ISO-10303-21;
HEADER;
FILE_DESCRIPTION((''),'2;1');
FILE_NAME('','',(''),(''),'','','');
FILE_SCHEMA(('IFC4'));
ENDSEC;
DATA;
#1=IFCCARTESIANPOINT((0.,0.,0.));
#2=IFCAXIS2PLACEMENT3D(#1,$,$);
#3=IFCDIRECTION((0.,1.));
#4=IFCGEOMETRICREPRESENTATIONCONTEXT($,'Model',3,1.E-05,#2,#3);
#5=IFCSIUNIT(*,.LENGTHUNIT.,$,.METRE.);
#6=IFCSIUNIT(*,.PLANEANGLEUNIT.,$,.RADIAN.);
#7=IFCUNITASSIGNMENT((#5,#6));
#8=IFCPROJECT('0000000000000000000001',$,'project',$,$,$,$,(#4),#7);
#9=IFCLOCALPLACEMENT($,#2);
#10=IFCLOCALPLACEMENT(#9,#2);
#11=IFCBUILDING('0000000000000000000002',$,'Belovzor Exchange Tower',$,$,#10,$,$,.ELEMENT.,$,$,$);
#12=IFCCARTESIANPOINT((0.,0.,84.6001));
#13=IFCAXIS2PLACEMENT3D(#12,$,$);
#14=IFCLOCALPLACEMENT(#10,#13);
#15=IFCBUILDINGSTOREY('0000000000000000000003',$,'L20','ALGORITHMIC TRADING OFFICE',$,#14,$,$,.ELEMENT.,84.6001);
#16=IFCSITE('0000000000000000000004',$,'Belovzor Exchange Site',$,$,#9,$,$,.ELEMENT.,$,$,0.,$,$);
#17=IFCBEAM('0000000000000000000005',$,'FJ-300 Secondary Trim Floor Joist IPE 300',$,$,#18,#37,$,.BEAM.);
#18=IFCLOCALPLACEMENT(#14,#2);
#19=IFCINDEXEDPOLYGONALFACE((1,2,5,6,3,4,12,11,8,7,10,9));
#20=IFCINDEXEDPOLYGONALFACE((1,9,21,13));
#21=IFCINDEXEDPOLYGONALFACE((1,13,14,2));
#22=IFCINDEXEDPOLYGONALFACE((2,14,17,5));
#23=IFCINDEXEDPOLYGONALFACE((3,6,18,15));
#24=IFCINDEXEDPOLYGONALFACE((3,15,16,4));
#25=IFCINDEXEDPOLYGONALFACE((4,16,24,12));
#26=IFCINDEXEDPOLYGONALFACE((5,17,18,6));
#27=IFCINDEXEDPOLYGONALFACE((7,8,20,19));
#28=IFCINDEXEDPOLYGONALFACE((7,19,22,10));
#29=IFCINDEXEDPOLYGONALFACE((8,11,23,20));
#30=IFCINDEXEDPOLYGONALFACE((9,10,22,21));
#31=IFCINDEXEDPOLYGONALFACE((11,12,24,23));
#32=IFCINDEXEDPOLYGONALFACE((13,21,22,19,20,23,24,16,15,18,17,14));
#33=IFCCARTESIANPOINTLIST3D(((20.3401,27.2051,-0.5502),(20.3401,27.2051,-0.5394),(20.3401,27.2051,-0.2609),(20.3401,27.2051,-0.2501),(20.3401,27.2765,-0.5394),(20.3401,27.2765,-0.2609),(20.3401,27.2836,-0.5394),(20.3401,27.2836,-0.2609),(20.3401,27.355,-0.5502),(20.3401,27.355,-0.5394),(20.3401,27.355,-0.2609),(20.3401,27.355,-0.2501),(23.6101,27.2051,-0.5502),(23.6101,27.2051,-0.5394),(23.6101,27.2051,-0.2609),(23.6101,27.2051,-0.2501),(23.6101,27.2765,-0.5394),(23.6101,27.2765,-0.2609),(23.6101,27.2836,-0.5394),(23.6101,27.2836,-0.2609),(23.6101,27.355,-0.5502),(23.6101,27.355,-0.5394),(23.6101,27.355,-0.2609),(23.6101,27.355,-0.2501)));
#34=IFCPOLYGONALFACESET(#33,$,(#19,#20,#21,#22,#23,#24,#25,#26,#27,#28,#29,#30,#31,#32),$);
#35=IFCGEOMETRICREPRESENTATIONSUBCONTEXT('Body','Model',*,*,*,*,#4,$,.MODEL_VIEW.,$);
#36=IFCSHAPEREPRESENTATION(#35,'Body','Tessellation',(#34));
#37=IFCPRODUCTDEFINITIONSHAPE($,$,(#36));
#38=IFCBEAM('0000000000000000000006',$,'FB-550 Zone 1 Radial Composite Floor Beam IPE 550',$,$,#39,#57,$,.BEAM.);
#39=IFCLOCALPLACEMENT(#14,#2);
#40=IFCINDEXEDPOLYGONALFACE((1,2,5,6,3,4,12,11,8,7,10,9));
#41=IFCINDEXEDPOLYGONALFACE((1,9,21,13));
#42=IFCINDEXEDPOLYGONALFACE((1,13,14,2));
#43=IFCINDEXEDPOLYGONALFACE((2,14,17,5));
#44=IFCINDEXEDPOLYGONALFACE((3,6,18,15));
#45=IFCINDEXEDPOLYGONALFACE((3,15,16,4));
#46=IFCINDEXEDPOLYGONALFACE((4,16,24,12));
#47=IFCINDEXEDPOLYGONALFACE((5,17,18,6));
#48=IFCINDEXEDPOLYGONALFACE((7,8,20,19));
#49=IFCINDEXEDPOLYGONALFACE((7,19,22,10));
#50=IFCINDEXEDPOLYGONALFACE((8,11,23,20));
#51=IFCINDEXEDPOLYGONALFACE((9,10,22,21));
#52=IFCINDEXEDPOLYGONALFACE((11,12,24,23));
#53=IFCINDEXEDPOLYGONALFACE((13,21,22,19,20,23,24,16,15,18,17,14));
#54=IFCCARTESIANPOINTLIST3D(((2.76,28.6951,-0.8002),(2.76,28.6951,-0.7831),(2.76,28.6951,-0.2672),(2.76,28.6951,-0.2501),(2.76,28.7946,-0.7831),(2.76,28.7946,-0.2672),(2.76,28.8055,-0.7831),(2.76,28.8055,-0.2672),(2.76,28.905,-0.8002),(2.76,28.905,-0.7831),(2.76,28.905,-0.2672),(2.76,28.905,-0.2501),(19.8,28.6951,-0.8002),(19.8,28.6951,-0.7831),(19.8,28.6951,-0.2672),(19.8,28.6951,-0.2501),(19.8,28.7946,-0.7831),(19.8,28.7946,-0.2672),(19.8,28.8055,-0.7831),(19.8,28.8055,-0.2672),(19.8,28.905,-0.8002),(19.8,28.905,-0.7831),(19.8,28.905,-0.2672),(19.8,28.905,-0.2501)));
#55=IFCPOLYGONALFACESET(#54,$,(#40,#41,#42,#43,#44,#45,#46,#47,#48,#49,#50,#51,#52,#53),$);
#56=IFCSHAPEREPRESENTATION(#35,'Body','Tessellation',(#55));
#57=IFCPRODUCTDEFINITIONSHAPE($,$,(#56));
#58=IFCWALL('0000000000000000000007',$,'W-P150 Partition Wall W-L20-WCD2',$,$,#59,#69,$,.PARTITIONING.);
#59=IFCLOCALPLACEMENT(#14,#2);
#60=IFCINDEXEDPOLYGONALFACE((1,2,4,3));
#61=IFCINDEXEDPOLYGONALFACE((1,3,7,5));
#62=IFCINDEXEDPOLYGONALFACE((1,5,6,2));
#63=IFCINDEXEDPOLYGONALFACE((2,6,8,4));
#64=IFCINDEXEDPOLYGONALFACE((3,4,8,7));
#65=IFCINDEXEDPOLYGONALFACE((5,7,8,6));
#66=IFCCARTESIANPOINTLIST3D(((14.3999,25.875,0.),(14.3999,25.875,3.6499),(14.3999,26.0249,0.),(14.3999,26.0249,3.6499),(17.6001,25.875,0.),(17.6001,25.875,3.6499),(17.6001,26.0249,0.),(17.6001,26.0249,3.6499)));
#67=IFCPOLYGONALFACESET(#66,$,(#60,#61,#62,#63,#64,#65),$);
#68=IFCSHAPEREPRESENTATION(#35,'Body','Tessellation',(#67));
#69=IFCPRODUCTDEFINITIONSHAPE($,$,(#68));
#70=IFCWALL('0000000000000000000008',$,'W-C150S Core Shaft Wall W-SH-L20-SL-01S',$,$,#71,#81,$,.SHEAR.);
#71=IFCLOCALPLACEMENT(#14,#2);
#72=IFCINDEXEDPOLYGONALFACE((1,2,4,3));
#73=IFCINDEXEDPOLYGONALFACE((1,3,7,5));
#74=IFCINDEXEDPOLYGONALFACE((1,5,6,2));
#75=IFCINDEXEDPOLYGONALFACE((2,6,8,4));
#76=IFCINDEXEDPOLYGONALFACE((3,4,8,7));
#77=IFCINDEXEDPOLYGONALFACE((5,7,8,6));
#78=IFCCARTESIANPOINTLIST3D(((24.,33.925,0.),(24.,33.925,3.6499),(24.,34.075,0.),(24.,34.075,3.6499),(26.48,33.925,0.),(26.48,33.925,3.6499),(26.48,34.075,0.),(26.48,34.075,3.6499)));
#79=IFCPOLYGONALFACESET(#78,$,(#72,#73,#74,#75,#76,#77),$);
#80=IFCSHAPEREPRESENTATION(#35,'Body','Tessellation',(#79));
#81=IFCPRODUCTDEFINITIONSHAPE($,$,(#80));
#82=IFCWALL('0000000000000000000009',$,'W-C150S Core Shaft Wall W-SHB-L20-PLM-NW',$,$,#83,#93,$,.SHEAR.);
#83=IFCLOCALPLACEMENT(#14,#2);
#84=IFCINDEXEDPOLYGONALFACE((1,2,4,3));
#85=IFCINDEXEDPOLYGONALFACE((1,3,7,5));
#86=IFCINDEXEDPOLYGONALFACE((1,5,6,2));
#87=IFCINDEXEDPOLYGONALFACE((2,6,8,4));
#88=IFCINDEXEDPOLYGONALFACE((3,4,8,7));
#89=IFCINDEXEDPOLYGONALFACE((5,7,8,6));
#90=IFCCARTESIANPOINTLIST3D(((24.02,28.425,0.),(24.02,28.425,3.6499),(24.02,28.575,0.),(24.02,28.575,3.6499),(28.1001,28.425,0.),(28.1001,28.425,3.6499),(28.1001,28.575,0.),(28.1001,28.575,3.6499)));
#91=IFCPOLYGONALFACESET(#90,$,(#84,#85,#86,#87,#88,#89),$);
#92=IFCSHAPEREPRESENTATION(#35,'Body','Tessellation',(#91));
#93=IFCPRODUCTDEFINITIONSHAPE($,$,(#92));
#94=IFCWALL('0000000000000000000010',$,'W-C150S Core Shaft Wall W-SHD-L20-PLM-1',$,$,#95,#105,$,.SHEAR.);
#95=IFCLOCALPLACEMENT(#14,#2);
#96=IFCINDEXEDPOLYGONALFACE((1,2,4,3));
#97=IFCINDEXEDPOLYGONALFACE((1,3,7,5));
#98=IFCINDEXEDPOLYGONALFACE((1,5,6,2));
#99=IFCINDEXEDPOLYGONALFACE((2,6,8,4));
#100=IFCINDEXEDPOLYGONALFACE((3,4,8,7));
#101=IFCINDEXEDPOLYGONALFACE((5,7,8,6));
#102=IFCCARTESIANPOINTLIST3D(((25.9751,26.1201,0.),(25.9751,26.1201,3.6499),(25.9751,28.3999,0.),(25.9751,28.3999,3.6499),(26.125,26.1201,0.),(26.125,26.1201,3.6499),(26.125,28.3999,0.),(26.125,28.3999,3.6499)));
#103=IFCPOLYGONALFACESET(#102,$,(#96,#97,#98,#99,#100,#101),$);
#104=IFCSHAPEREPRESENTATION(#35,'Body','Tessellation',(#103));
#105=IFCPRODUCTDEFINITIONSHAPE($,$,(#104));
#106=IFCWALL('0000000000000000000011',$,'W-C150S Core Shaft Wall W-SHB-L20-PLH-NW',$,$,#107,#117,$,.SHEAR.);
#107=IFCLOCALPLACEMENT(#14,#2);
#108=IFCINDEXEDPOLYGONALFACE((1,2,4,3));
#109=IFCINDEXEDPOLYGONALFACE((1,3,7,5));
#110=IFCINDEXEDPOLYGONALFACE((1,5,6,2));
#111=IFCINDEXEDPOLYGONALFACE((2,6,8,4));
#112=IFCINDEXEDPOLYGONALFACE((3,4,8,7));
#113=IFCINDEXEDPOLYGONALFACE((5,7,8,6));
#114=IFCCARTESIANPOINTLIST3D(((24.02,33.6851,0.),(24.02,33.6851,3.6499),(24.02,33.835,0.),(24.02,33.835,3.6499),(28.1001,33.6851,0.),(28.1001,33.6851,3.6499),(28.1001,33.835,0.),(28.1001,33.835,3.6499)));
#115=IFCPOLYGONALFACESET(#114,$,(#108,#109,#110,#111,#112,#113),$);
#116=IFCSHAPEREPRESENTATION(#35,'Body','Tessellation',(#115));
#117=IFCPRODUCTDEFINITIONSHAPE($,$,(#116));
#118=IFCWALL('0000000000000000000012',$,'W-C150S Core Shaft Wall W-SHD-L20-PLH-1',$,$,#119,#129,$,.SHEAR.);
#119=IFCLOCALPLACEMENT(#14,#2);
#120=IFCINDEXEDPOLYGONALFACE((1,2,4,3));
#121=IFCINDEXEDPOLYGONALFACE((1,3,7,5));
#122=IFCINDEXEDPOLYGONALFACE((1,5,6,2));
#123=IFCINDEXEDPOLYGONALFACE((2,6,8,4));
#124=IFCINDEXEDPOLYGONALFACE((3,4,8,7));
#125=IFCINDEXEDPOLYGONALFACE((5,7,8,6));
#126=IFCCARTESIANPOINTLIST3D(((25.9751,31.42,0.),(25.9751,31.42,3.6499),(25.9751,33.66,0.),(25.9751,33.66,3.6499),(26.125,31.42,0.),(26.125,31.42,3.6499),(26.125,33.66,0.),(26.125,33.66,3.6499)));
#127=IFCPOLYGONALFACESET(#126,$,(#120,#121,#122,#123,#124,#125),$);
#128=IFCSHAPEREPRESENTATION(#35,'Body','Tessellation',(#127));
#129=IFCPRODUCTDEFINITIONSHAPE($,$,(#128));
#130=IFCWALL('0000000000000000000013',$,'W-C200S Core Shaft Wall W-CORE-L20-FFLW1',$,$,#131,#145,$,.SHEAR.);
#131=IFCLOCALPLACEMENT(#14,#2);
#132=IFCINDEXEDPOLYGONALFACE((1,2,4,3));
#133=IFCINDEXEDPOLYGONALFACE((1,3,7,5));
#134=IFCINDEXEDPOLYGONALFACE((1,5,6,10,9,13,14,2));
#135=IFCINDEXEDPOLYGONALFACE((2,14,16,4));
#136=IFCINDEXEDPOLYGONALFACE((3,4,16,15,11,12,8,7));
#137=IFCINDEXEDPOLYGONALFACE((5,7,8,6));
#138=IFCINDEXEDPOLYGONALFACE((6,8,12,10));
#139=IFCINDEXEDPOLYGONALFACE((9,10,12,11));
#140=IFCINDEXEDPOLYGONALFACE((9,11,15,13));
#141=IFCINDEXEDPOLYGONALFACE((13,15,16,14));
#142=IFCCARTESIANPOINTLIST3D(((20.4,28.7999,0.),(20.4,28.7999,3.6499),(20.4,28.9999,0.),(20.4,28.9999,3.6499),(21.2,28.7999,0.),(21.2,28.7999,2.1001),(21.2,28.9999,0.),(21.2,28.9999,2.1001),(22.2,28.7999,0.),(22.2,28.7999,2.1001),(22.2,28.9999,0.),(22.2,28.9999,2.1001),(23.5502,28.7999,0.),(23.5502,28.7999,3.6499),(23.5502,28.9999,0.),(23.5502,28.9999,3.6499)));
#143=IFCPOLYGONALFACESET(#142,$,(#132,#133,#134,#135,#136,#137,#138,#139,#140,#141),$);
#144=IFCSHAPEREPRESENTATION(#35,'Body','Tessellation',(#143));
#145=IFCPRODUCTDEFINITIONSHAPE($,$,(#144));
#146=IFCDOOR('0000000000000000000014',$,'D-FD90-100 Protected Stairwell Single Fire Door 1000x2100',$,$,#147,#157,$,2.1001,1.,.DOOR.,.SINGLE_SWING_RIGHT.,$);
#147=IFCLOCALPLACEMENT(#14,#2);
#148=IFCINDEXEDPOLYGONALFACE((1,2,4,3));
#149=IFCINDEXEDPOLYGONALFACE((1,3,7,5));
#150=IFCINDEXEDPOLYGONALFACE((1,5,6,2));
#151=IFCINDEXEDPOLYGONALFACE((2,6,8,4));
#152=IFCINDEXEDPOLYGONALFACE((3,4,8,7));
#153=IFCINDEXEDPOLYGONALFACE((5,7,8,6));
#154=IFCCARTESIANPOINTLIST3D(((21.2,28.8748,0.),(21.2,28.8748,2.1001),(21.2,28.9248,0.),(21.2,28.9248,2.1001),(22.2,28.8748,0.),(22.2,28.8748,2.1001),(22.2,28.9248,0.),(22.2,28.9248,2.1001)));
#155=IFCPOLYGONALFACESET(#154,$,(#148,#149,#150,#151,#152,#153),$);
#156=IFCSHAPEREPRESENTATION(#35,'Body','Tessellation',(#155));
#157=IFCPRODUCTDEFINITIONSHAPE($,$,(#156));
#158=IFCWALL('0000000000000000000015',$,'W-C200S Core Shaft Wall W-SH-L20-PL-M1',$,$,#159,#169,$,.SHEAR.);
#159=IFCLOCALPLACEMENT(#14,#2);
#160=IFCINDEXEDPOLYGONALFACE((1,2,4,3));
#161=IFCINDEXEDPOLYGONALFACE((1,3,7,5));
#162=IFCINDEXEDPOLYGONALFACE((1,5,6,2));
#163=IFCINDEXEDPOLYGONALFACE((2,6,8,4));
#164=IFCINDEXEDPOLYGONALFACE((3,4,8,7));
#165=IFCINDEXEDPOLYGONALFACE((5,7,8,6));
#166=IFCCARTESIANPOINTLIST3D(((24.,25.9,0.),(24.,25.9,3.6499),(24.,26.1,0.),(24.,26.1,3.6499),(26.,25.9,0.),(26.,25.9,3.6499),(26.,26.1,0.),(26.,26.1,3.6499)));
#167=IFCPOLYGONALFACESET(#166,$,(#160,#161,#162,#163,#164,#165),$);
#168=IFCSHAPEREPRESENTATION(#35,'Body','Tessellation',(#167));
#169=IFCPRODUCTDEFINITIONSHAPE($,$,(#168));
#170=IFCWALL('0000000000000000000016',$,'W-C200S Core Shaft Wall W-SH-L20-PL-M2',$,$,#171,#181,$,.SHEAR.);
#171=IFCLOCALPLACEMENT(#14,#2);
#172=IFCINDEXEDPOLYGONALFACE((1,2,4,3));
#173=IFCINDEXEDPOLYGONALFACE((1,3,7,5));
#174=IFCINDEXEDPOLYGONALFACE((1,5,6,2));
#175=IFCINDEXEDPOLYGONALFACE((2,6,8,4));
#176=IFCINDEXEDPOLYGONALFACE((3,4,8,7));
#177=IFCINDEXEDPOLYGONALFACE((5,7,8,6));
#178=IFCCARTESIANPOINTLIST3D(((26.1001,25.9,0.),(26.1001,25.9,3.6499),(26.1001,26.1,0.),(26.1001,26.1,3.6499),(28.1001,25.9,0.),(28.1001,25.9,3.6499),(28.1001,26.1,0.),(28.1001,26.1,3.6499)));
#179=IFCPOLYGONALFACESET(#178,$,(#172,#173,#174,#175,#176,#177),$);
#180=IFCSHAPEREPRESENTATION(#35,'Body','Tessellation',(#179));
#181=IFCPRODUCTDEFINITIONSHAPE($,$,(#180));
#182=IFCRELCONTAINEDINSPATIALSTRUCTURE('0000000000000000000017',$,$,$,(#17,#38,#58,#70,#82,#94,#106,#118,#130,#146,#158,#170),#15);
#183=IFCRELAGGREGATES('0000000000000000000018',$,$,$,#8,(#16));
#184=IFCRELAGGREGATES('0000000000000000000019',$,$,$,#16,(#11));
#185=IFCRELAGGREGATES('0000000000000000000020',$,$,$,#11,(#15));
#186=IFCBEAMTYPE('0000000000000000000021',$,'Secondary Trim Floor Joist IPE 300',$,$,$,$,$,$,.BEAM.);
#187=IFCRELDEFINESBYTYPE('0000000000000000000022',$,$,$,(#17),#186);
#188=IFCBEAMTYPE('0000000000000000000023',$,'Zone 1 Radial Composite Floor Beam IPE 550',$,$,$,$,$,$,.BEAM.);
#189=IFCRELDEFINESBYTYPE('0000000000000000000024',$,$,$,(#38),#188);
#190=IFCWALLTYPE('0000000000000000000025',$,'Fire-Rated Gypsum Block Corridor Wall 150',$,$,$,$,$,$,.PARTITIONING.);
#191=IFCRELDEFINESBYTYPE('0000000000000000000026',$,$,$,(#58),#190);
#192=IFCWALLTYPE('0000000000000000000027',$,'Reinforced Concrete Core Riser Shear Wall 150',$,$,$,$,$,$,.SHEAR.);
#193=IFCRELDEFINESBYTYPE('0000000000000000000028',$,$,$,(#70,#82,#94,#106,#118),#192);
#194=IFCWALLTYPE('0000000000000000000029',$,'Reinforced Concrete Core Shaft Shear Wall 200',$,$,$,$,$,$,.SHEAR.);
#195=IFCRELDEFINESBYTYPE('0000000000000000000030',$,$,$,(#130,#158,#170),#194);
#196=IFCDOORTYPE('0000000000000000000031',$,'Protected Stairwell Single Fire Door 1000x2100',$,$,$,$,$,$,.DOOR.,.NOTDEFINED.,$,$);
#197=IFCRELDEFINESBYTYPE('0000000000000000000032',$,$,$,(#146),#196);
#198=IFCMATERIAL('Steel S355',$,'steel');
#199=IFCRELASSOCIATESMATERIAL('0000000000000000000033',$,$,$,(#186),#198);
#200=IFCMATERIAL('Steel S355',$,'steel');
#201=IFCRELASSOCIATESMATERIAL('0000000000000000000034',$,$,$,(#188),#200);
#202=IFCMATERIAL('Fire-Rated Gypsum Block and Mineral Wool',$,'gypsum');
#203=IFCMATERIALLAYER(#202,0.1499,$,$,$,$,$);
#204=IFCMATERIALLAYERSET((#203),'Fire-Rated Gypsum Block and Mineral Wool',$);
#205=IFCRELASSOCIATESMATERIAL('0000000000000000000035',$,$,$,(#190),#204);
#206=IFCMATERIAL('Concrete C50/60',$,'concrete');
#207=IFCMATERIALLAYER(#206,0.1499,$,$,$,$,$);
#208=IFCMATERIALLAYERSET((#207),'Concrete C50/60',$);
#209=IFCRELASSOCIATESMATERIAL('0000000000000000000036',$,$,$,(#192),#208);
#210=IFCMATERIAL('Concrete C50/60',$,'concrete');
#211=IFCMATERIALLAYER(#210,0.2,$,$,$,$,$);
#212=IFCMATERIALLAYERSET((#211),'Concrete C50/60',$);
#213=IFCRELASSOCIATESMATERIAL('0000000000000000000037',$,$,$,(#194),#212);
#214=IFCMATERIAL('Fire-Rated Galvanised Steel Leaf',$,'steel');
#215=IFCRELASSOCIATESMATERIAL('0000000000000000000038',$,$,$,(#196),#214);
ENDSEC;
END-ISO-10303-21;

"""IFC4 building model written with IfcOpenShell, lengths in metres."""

from ifc_helpers import new_model, si_unit, direction, frame, frame_2d, origin, origin_2d, place, context, subcontext, project, spatial, rectangle, i_section, extrude, material, layer, layer_set, material_profile, profile_set, type_object, element, fill, save


model = new_model("IFC4")

# Units and contexts
model_context = context("Model", 3, precision=1e-05, world=origin(), true_north=direction((0.0, 1.0)))
body_context = subcontext(model_context, "Body", "Model", "MODEL_VIEW")
ifc_project = project(units=[si_unit("LENGTHUNIT", "METRE"), si_unit("PLANEANGLEUNIT", "RADIAN")], contexts=[model_context])

# Site, building, storey
site_placement = place(None, origin())
site = spatial("IfcSite", under=ifc_project, at=site_placement, Name="Belovzor Exchange Site", CompositionType="ELEMENT", RefElevation=0.0)
building_placement = place(site_placement, origin())
building = spatial("IfcBuilding", under=site, at=building_placement, Name="Belovzor Exchange Tower", CompositionType="ELEMENT")
storey_placement = place(building_placement, frame((0.0, 0.0, 84.6001)))
storey = spatial("IfcBuildingStorey", under=building, at=storey_placement, Name="L20", Description="ALGORITHMIC TRADING OFFICE", CompositionType="ELEMENT", Elevation=84.6001)

# Beams
ifc_material_1 = material(Name="Steel S355", Category="steel")
ifc_material_profile_1 = material_profile(ifc_material_1, i_section(OverallWidth=0.1499, OverallDepth=0.3, WebThickness=0.0071, FlangeThickness=0.0107, at=origin_2d()))
ifc_profile_set_1 = profile_set([ifc_material_profile_1], Name="Steel S355")
beam_type_1 = type_object("IfcBeamType", Name="Secondary Trim Floor Joist IPE 300", PredefinedType="BEAM", material=ifc_profile_set_1)
beam_1_placement = place(storey_placement, frame((20.3401, 27.28, -0.4001), z_axis=(1.0, 0.0, 0.0), x_axis=(0.0, 1.0, 0.0)))
element("IfcBeam", 1, at=beam_1_placement, inside=storey, type_object=beam_type_1, Name="FJ-300 Secondary Trim Floor Joist IPE 300", PredefinedType="BEAM", context=body_context, shape_type="SweptSolid", body=[
    extrude(i_section(OverallWidth=0.1499, OverallDepth=0.3, WebThickness=0.0071, FlangeThickness=0.0107, at=origin_2d()), origin(), (0.0, 0.0, 1.0), 3.27),
])
ifc_material_2 = material(Name="Steel S355", Category="steel")
ifc_material_profile_2 = material_profile(ifc_material_2, i_section(OverallWidth=0.21, OverallDepth=0.55, WebThickness=0.011, FlangeThickness=0.0171, at=origin_2d()))
ifc_profile_set_2 = profile_set([ifc_material_profile_2], Name="Steel S355")
beam_type_2 = type_object("IfcBeamType", Name="Zone 1 Radial Composite Floor Beam IPE 550", PredefinedType="BEAM", material=ifc_profile_set_2)
beam_2_placement = place(storey_placement, frame((19.8, 28.8, -0.5251), z_axis=(-1.0, 0.0, 0.0), x_axis=(0.0, -1.0, 0.0)))
element("IfcBeam", 2, at=beam_2_placement, inside=storey, type_object=beam_type_2, Name="FB-550 Zone 1 Radial Composite Floor Beam IPE 550", PredefinedType="BEAM", context=body_context, shape_type="SweptSolid", body=[
    extrude(i_section(OverallWidth=0.21, OverallDepth=0.55, WebThickness=0.011, FlangeThickness=0.0171, at=origin_2d()), origin(), (0.0, 0.0, 1.0), 17.04),
])

# Walls
ifc_material_3 = material(Name="Fire-Rated Gypsum Block and Mineral Wool", Category="gypsum")
ifc_layer_1 = layer(ifc_material_3, 0.1499)
ifc_layer_set_1 = layer_set([ifc_layer_1], Name="Fire-Rated Gypsum Block and Mineral Wool")
wall_type_1 = type_object("IfcWallType", Name="Fire-Rated Gypsum Block Corridor Wall 150", PredefinedType="PARTITIONING", material=ifc_layer_set_1)
wall_1_placement = place(storey_placement, frame((14.3999, 25.95, 0.0), z_axis=(0.0, 0.0, 1.0), x_axis=(1.0, 0.0, 0.0)))
element("IfcWall", 3, at=wall_1_placement, inside=storey, type_object=wall_type_1, Name="W-P150 Partition Wall W-L20-WCD2", PredefinedType="PARTITIONING", context=body_context, shape_type="SweptSolid", body=[
    extrude(rectangle(XDim=3.2002, YDim=0.1499, at=frame_2d((1.6001, 0.0))), origin(), (0.0, 0.0, 1.0), 3.6499),
])
ifc_material_4 = material(Name="Concrete C50/60", Category="concrete")
ifc_layer_2 = layer(ifc_material_4, 0.1499)
ifc_layer_set_2 = layer_set([ifc_layer_2], Name="Concrete C50/60")
wall_type_2 = type_object("IfcWallType", Name="Reinforced Concrete Core Riser Shear Wall 150", PredefinedType="SHEAR", material=ifc_layer_set_2)
wall_2_placement = place(storey_placement, frame((24.0, 34.0, 0.0), z_axis=(0.0, 0.0, 1.0), x_axis=(1.0, 0.0, 0.0)))
element("IfcWall", 4, at=wall_2_placement, inside=storey, type_object=wall_type_2, Name="W-C150S Core Shaft Wall W-SH-L20-SL-01S", PredefinedType="SHEAR", context=body_context, shape_type="SweptSolid", body=[
    extrude(rectangle(XDim=2.48, YDim=0.1499, at=frame_2d((1.24, 0.0))), origin(), (0.0, 0.0, 1.0), 3.6499),
])
wall_3_placement = place(storey_placement, frame((24.02, 28.5, 0.0), z_axis=(0.0, 0.0, 1.0), x_axis=(1.0, 0.0, 0.0)))
element("IfcWall", 5, at=wall_3_placement, inside=storey, type_object=wall_type_2, Name="W-C150S Core Shaft Wall W-SHB-L20-PLM-NW", PredefinedType="SHEAR", context=body_context, shape_type="SweptSolid", body=[
    extrude(rectangle(XDim=4.0801, YDim=0.1499, at=frame_2d((2.04, 0.0))), origin(), (0.0, 0.0, 1.0), 3.6499),
])
wall_4_placement = place(storey_placement, frame((26.05, 26.1201, 0.0), z_axis=(0.0, 0.0, 1.0), x_axis=(0.0, 1.0, 0.0)))
element("IfcWall", 6, at=wall_4_placement, inside=storey, type_object=wall_type_2, Name="W-C150S Core Shaft Wall W-SHD-L20-PLM-1", PredefinedType="SHEAR", context=body_context, shape_type="SweptSolid", body=[
    extrude(rectangle(XDim=2.2798, YDim=0.1499, at=frame_2d((1.1399, 0.0))), origin(), (0.0, 0.0, 1.0), 3.6499),
])
wall_5_placement = place(storey_placement, frame((24.02, 33.76, 0.0), z_axis=(0.0, 0.0, 1.0), x_axis=(1.0, 0.0, 0.0)))
element("IfcWall", 7, at=wall_5_placement, inside=storey, type_object=wall_type_2, Name="W-C150S Core Shaft Wall W-SHB-L20-PLH-NW", PredefinedType="SHEAR", context=body_context, shape_type="SweptSolid", body=[
    extrude(rectangle(XDim=4.0801, YDim=0.1499, at=frame_2d((2.04, 0.0))), origin(), (0.0, 0.0, 1.0), 3.6499),
])
wall_6_placement = place(storey_placement, frame((26.05, 31.4199, 0.0), z_axis=(0.0, 0.0, 1.0), x_axis=(0.0, 1.0, 0.0)))
element("IfcWall", 8, at=wall_6_placement, inside=storey, type_object=wall_type_2, Name="W-C150S Core Shaft Wall W-SHD-L20-PLH-1", PredefinedType="SHEAR", context=body_context, shape_type="SweptSolid", body=[
    extrude(rectangle(XDim=2.24, YDim=0.1499, at=frame_2d((1.1201, 0.0))), origin(), (0.0, 0.0, 1.0), 3.6499),
])

# Wall, opening, door
ifc_material_5 = material(Name="Concrete C50/60", Category="concrete")
ifc_layer_3 = layer(ifc_material_5, 0.2)
ifc_layer_set_3 = layer_set([ifc_layer_3], Name="Concrete C50/60")
wall_type_3 = type_object("IfcWallType", Name="Reinforced Concrete Core Shaft Shear Wall 200", PredefinedType="SHEAR", material=ifc_layer_set_3)
wall_7_placement = place(storey_placement, frame((20.3999, 28.8999, 0.0), z_axis=(0.0, 0.0, 1.0), x_axis=(1.0, 0.0, 0.0)))
wall_7 = element("IfcWall", 9, at=wall_7_placement, inside=storey, type_object=wall_type_3, Name="W-C200S Core Shaft Wall W-CORE-L20-FFLW1", PredefinedType="SHEAR", context=body_context, shape_type="SweptSolid", body=[
    extrude(rectangle(XDim=3.1501, YDim=0.2, at=frame_2d((1.5752, 0.0))), origin(), (0.0, 0.0, 1.0), 3.6499),
])
opening_1_placement = place(wall_7_placement, frame((0.8, 0.0, 0.0)))
opening_1 = element("IfcOpeningElement", 10, at=opening_1_placement, cuts=wall_7, PredefinedType="OPENING", context=body_context, shape_type="SweptSolid", body=[
    extrude(rectangle(XDim=1.0, YDim=2.1001, at=frame_2d((0.5, 1.05))), frame((0.0, 0.1099, 0.0), z_axis=(0.0, -1.0, 0.0), x_axis=(1.0, 0.0, 0.0)), (0.0, 0.0, 1.0), 0.22),
])
ifc_material_6 = material(Name="Fire-Rated Galvanised Steel Leaf", Category="steel")
door_type_1 = type_object("IfcDoorType", Name="Protected Stairwell Single Fire Door 1000x2100", OperationType="NOTDEFINED", PredefinedType="DOOR", material=ifc_material_6)
door_1_placement = place(opening_1_placement, origin())
door_1 = element("IfcDoor", 11, at=door_1_placement, inside=storey, type_object=door_type_1, Name="D-FD90-100 Protected Stairwell Single Fire Door 1000x2100", OperationType="SINGLE_SWING_RIGHT", OverallHeight=2.1001, OverallWidth=1.0, PredefinedType="DOOR", context=body_context, shape_type="SweptSolid", body=[
    extrude(rectangle(XDim=1.0, YDim=2.1001, at=frame_2d((0.5, 1.05))), frame((0.0, 0.0249, 0.0), z_axis=(0.0, -1.0, 0.0), x_axis=(1.0, 0.0, 0.0)), (0.0, 0.0, 1.0), 0.05),
])
fill(opening_1, door_1)

# Walls
for number, where, z_axis, x_axis, name in (
    (12, (24.0, 26.0, 0.0), (0.0, 0.0, 1.0), (1.0, 0.0, 0.0), "W-C200S Core Shaft Wall W-SH-L20-PL-M1"),
    (13, (26.1001, 26.0, 0.0), (0.0, 0.0, 1.0), (1.0, 0.0, 0.0), "W-C200S Core Shaft Wall W-SH-L20-PL-M2"),
):
    element("IfcWall", number, at=place(storey_placement, frame(where, z_axis=z_axis, x_axis=x_axis)), inside=storey, type_object=wall_type_3, Name=name, PredefinedType="SHEAR", context=body_context, shape_type="SweptSolid", body=[
        extrude(rectangle(XDim=2.0, YDim=0.2, at=frame_2d((1.0, 0.0))), origin(), (0.0, 0.0, 1.0), 3.6499),
    ])

save(model, "model.ifc")
